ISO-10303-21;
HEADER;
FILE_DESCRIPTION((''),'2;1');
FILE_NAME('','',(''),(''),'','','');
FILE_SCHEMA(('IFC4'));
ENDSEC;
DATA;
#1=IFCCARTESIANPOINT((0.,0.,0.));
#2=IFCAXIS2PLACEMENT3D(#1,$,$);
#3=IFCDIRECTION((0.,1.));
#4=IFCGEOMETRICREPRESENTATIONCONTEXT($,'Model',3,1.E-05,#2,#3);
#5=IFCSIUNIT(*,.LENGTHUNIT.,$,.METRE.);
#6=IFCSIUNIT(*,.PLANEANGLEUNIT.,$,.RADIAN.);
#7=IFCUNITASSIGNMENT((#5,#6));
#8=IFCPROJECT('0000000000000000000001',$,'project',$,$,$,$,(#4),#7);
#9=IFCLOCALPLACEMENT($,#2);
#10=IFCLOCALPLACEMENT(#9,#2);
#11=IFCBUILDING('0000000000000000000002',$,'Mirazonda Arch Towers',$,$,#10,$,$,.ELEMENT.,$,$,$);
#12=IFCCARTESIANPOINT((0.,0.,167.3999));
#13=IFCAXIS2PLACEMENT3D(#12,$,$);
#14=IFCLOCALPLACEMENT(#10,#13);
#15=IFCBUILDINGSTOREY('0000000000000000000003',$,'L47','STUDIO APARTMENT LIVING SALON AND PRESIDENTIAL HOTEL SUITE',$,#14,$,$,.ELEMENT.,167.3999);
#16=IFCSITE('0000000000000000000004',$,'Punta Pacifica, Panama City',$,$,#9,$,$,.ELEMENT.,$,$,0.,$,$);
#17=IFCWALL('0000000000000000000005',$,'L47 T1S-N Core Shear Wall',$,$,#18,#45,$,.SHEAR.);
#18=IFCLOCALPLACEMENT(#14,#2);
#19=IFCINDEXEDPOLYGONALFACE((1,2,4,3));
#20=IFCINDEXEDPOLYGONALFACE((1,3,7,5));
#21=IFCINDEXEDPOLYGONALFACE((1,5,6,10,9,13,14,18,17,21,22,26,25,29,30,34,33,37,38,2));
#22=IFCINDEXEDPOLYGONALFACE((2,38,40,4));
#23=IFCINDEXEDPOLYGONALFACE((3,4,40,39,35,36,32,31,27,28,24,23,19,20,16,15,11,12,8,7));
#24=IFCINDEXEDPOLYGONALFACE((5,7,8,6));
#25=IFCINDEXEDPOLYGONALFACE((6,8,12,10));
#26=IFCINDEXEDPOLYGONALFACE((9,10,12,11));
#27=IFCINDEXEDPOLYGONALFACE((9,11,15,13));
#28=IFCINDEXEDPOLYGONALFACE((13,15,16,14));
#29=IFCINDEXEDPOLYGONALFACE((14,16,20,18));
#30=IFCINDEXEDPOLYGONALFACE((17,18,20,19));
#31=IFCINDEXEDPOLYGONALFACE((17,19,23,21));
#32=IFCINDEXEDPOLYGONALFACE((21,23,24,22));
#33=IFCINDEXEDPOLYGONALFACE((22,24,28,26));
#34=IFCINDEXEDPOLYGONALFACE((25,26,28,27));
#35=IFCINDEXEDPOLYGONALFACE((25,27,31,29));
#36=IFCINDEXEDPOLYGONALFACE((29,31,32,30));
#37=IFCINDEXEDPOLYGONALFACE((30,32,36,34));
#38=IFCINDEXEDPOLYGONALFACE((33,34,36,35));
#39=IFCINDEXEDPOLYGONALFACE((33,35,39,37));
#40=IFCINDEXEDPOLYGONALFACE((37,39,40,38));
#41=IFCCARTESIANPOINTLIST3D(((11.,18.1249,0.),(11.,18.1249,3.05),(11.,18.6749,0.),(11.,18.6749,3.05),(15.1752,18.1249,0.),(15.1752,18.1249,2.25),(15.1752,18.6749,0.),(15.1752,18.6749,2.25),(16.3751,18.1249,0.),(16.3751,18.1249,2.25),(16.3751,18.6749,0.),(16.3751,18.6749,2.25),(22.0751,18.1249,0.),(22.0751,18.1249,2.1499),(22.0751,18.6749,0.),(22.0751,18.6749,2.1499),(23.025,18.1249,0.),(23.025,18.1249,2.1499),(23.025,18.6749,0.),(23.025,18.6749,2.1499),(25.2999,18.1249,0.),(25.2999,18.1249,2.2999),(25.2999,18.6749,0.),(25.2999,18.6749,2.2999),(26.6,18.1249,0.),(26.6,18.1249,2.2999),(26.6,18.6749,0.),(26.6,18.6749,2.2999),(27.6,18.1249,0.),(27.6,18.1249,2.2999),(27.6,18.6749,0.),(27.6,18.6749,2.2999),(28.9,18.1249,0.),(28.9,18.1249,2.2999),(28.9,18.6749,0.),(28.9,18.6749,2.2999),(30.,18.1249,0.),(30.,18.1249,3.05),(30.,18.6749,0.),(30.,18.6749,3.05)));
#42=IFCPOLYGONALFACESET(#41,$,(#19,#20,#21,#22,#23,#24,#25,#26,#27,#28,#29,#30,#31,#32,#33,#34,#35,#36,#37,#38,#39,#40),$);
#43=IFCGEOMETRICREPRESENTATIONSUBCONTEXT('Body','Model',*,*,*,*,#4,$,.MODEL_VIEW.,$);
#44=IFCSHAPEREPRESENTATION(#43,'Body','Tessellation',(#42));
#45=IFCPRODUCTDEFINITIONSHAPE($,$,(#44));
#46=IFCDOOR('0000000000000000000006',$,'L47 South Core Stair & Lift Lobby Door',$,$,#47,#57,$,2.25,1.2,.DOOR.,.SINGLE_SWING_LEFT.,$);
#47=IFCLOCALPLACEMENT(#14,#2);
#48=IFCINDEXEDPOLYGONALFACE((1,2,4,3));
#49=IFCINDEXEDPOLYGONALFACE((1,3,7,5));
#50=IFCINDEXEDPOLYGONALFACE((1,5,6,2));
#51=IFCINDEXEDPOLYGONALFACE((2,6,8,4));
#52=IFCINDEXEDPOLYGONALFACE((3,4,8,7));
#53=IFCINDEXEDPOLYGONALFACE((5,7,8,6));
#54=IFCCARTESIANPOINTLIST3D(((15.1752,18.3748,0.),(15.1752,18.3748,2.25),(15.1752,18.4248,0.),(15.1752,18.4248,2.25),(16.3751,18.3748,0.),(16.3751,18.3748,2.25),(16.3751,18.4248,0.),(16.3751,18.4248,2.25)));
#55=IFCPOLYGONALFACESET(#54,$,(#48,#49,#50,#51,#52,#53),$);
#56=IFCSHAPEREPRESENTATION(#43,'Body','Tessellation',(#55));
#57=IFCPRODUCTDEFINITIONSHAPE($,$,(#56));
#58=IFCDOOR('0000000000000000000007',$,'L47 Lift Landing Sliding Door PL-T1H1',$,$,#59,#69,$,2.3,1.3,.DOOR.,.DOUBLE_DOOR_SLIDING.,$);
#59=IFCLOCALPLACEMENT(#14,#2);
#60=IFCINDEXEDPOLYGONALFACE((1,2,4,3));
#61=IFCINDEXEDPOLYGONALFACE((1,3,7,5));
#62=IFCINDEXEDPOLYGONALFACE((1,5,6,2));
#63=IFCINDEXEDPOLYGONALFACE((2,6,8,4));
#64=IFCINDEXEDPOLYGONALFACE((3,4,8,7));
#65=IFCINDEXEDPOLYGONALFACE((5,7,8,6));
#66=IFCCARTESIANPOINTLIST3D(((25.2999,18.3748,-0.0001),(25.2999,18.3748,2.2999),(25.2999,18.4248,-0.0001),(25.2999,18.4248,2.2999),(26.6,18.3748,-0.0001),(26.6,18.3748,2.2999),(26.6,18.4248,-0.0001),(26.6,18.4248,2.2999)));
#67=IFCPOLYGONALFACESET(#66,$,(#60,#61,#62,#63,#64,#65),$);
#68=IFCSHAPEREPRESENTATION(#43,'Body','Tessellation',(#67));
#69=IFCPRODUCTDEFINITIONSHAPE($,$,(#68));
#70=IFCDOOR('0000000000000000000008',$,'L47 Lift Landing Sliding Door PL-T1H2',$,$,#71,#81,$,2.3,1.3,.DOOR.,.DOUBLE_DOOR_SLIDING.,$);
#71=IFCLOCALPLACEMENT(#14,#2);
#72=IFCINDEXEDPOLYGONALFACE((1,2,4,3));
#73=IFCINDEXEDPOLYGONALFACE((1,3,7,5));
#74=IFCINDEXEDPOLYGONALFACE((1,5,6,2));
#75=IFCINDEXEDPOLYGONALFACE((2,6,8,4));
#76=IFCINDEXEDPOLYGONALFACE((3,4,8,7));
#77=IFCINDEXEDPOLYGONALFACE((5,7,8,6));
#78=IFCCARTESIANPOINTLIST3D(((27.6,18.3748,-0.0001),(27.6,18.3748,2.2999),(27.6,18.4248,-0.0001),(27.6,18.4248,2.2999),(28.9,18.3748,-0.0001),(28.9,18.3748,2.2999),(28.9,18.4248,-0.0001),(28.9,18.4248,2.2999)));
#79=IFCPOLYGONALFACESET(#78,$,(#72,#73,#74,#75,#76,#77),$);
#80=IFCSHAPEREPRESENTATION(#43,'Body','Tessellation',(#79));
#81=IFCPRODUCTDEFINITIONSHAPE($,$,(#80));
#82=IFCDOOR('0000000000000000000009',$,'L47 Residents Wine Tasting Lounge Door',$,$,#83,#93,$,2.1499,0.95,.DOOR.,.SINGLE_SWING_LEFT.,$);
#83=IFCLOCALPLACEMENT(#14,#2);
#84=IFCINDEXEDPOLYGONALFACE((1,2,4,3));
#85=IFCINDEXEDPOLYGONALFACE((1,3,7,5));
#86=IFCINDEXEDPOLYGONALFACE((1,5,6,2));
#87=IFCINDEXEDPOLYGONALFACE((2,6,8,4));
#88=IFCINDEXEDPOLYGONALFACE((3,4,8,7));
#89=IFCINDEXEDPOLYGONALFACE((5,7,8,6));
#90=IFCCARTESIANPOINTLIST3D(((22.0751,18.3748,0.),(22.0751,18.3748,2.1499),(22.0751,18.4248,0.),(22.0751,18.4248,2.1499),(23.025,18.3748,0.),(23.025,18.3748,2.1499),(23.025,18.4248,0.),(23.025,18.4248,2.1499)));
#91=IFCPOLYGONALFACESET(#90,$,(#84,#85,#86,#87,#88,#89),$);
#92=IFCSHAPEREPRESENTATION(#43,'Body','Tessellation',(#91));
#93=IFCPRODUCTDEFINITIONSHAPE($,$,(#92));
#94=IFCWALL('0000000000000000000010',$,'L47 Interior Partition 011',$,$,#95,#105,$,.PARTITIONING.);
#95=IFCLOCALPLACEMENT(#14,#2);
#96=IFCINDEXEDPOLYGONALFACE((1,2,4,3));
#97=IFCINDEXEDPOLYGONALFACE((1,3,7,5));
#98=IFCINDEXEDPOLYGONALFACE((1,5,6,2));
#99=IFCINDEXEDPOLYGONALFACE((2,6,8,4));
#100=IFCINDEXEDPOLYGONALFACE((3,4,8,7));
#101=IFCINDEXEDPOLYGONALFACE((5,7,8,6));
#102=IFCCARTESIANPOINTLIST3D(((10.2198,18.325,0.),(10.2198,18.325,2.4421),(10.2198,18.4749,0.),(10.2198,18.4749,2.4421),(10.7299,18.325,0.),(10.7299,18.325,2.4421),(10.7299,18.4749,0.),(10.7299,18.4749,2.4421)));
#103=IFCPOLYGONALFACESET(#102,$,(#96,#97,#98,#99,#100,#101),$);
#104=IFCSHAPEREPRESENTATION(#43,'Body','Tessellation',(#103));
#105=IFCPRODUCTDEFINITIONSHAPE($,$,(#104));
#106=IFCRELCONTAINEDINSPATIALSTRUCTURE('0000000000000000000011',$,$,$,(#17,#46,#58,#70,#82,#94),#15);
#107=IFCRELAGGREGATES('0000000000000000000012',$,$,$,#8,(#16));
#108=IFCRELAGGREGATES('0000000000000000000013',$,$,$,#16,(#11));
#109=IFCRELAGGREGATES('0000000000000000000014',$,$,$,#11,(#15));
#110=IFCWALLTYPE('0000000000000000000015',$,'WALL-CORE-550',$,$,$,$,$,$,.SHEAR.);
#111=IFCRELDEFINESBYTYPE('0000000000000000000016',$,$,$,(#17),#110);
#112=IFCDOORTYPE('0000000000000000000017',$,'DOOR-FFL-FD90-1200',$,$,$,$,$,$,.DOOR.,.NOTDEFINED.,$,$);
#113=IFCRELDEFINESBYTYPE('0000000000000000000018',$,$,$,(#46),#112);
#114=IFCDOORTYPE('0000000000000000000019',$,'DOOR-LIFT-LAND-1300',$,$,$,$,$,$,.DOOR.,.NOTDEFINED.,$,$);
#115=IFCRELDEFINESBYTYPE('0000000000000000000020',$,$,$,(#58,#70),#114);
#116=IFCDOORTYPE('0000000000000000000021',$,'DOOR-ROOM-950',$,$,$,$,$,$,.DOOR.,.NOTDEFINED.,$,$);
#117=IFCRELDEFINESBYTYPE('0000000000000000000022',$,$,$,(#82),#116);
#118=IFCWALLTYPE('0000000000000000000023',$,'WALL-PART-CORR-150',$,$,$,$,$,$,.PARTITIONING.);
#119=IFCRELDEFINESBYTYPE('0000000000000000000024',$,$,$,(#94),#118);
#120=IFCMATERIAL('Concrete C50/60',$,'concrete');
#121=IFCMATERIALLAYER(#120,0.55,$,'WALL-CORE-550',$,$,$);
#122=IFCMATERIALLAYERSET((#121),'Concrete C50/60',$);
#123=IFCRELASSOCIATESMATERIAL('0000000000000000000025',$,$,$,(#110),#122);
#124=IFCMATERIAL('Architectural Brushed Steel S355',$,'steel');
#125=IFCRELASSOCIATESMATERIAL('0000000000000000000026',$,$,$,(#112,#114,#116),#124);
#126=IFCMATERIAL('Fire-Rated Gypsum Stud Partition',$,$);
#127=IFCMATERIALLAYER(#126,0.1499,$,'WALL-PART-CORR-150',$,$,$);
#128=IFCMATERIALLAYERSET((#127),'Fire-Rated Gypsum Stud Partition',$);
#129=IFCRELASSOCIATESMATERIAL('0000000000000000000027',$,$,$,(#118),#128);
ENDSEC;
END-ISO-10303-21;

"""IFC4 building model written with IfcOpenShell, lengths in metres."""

from ifc_helpers import new_model, si_unit, direction, frame, frame_2d, origin, place, context, subcontext, project, spatial, rectangle, extrude, material, layer, layer_set, type_object, element, fill, save


model = new_model("IFC4")

# Units and contexts
model_context = context("Model", 3, precision=1e-05, world=origin(), true_north=direction((0.0, 1.0)))
body_context = subcontext(model_context, "Body", "Model", "MODEL_VIEW")
ifc_project = project(units=[si_unit("LENGTHUNIT", "METRE"), si_unit("PLANEANGLEUNIT", "RADIAN")], contexts=[model_context])

# Site, building, storey
site_placement = place(None, origin())
site = spatial("IfcSite", under=ifc_project, at=site_placement, Name="Punta Pacifica, Panama City", CompositionType="ELEMENT", RefElevation=0.0)
building_placement = place(site_placement, origin())
building = spatial("IfcBuilding", under=site, at=building_placement, Name="Mirazonda Arch Towers", CompositionType="ELEMENT")
storey_placement = place(building_placement, frame((0.0, 0.0, 167.3999)))
storey = spatial("IfcBuildingStorey", under=building, at=storey_placement, Name="L47", Description="STUDIO APARTMENT LIVING SALON AND PRESIDENTIAL HOTEL SUITE", CompositionType="ELEMENT", Elevation=167.3999)

# Shared definitions
ifc_material_1 = material(Name="Concrete C50/60", Category="concrete")

# Shared definitions
ifc_material_2 = material(Name="Architectural Brushed Steel S355", Category="steel")

# Wall, openings, doors
ifc_layer_1 = layer(ifc_material_1, 0.55, Name="WALL-CORE-550")
ifc_layer_set_1 = layer_set([ifc_layer_1], Name="Concrete C50/60")
wall_type_1 = type_object("IfcWallType", Name="WALL-CORE-550", PredefinedType="SHEAR", material=ifc_layer_set_1)
wall_1_placement = place(storey_placement, frame((11.0, 18.3999, 0.0), z_axis=(0.0, 0.0, 1.0), x_axis=(1.0, 0.0, 0.0)))
wall_1 = element("IfcWall", 1, at=wall_1_placement, inside=storey, type_object=wall_type_1, Name="L47 T1S-N Core Shear Wall", PredefinedType="SHEAR", context=body_context, shape_type="SweptSolid", body=[
    extrude(rectangle(XDim=19.0, YDim=0.55, at=frame_2d((9.5, 0.0))), origin(), (0.0, 0.0, 1.0), 3.05),
])
opening_1_placement = place(wall_1_placement, frame((4.175, 0.0, 0.0)))
opening_1 = element("IfcOpeningElement", 2, at=opening_1_placement, cuts=wall_1, PredefinedType="OPENING", context=body_context, shape_type="SweptSolid", body=[
    extrude(rectangle(XDim=1.2, YDim=2.25, at=frame_2d((0.6001, 1.125))), frame((0.0, 0.2849, 0.0), z_axis=(0.0, -1.0, 0.0), x_axis=(1.0, 0.0, 0.0)), (0.0, 0.0, 1.0), 0.5701),
])
opening_2_placement = place(wall_1_placement, frame((11.075, 0.0, 0.0)))
opening_2 = element("IfcOpeningElement", 3, at=opening_2_placement, cuts=wall_1, PredefinedType="OPENING", context=body_context, shape_type="SweptSolid", body=[
    extrude(rectangle(XDim=0.95, YDim=2.1499, at=frame_2d((0.4751, 1.075))), frame((0.0, 0.2849, 0.0), z_axis=(0.0, -1.0, 0.0), x_axis=(1.0, 0.0, 0.0)), (0.0, 0.0, 1.0), 0.5701),
])
opening_3_placement = place(wall_1_placement, frame((14.3, 0.0, 0.0)))
opening_3 = element("IfcOpeningElement", 4, at=opening_3_placement, cuts=wall_1, PredefinedType="OPENING", context=body_context, shape_type="SweptSolid", body=[
    extrude(rectangle(XDim=1.3, YDim=2.3, at=frame_2d((0.6499, 1.1499))), frame((0.0, 0.2849, 0.0), z_axis=(0.0, -1.0, 0.0), x_axis=(1.0, 0.0, 0.0)), (0.0, 0.0, 1.0), 0.5701),
])
opening_4_placement = place(wall_1_placement, frame((16.6001, 0.0, 0.0)))
opening_4 = element("IfcOpeningElement", 5, at=opening_4_placement, cuts=wall_1, PredefinedType="OPENING", context=body_context, shape_type="SweptSolid", body=[
    extrude(rectangle(XDim=1.3, YDim=2.3, at=frame_2d((0.6499, 1.1499))), frame((0.0, 0.2849, 0.0), z_axis=(0.0, -1.0, 0.0), x_axis=(1.0, 0.0, 0.0)), (0.0, 0.0, 1.0), 0.5701),
])
door_type_1 = type_object("IfcDoorType", Name="DOOR-FFL-FD90-1200", OperationType="NOTDEFINED", PredefinedType="DOOR", material=ifc_material_2)
door_1_placement = place(opening_1_placement, origin())
door_1 = element("IfcDoor", 6, at=door_1_placement, inside=storey, type_object=door_type_1, Name="L47 South Core Stair & Lift Lobby Door", OperationType="SINGLE_SWING_LEFT", OverallHeight=2.25, OverallWidth=1.2, PredefinedType="DOOR", context=body_context, shape_type="SweptSolid", body=[
    extrude(rectangle(XDim=1.2, YDim=2.25, at=frame_2d((0.6001, 1.125))), frame((0.0, 0.0249, 0.0), z_axis=(0.0, -1.0, 0.0), x_axis=(1.0, 0.0, 0.0)), (0.0, 0.0, 1.0), 0.05),
])
fill(opening_1, door_1)
door_type_2 = type_object("IfcDoorType", Name="DOOR-LIFT-LAND-1300", OperationType="NOTDEFINED", PredefinedType="DOOR", material=ifc_material_2)
door_2_placement = place(opening_3_placement, origin())
door_2 = element("IfcDoor", 7, at=door_2_placement, inside=storey, type_object=door_type_2, Name="L47 Lift Landing Sliding Door PL-T1H1", OperationType="DOUBLE_DOOR_SLIDING", OverallHeight=2.3, OverallWidth=1.3, PredefinedType="DOOR", context=body_context, shape_type="SweptSolid", body=[
    extrude(rectangle(XDim=1.3, YDim=2.3, at=frame_2d((0.6499, 1.1499))), frame((0.0, 0.0249, 0.0), z_axis=(0.0, -1.0, 0.0), x_axis=(1.0, 0.0, 0.0)), (0.0, 0.0, 1.0), 0.05),
])
fill(opening_3, door_2)
door_3_placement = place(opening_4_placement, origin())
door_3 = element("IfcDoor", 8, at=door_3_placement, inside=storey, type_object=door_type_2, Name="L47 Lift Landing Sliding Door PL-T1H2", OperationType="DOUBLE_DOOR_SLIDING", OverallHeight=2.3, OverallWidth=1.3, PredefinedType="DOOR", context=body_context, shape_type="SweptSolid", body=[
    extrude(rectangle(XDim=1.3, YDim=2.3, at=frame_2d((0.6499, 1.1499))), frame((0.0, 0.0249, 0.0), z_axis=(0.0, -1.0, 0.0), x_axis=(1.0, 0.0, 0.0)), (0.0, 0.0, 1.0), 0.05),
])
fill(opening_4, door_3)
door_type_3 = type_object("IfcDoorType", Name="DOOR-ROOM-950", OperationType="NOTDEFINED", PredefinedType="DOOR", material=ifc_material_2)
door_4_placement = place(opening_2_placement, origin())
door_4 = element("IfcDoor", 9, at=door_4_placement, inside=storey, type_object=door_type_3, Name="L47 Residents Wine Tasting Lounge Door", OperationType="SINGLE_SWING_LEFT", OverallHeight=2.1499, OverallWidth=0.95, PredefinedType="DOOR", context=body_context, shape_type="SweptSolid", body=[
    extrude(rectangle(XDim=0.95, YDim=2.1499, at=frame_2d((0.4751, 1.075))), frame((0.0, 0.0249, 0.0), z_axis=(0.0, -1.0, 0.0), x_axis=(1.0, 0.0, 0.0)), (0.0, 0.0, 1.0), 0.05),
])
fill(opening_2, door_4)

# Wall
ifc_material_3 = material(Name="Fire-Rated Gypsum Stud Partition")
ifc_layer_2 = layer(ifc_material_3, 0.1499, Name="WALL-PART-CORR-150")
ifc_layer_set_2 = layer_set([ifc_layer_2], Name="Fire-Rated Gypsum Stud Partition")
wall_type_2 = type_object("IfcWallType", Name="WALL-PART-CORR-150", PredefinedType="PARTITIONING", material=ifc_layer_set_2)
wall_2_placement = place(storey_placement, frame((10.22, 18.3999, 0.0), z_axis=(0.0, 0.0, 1.0), x_axis=(1.0, 0.0, 0.0)))
element("IfcWall", 10, at=wall_2_placement, inside=storey, type_object=wall_type_2, Name="L47 Interior Partition 011", PredefinedType="PARTITIONING", context=body_context, shape_type="SweptSolid", body=[
    extrude(rectangle(XDim=0.51, YDim=0.1499, at=frame_2d((0.2549, 0.0))), origin(), (0.0, 0.0, 1.0), 2.4421),
])

save(model, "model.ifc")
